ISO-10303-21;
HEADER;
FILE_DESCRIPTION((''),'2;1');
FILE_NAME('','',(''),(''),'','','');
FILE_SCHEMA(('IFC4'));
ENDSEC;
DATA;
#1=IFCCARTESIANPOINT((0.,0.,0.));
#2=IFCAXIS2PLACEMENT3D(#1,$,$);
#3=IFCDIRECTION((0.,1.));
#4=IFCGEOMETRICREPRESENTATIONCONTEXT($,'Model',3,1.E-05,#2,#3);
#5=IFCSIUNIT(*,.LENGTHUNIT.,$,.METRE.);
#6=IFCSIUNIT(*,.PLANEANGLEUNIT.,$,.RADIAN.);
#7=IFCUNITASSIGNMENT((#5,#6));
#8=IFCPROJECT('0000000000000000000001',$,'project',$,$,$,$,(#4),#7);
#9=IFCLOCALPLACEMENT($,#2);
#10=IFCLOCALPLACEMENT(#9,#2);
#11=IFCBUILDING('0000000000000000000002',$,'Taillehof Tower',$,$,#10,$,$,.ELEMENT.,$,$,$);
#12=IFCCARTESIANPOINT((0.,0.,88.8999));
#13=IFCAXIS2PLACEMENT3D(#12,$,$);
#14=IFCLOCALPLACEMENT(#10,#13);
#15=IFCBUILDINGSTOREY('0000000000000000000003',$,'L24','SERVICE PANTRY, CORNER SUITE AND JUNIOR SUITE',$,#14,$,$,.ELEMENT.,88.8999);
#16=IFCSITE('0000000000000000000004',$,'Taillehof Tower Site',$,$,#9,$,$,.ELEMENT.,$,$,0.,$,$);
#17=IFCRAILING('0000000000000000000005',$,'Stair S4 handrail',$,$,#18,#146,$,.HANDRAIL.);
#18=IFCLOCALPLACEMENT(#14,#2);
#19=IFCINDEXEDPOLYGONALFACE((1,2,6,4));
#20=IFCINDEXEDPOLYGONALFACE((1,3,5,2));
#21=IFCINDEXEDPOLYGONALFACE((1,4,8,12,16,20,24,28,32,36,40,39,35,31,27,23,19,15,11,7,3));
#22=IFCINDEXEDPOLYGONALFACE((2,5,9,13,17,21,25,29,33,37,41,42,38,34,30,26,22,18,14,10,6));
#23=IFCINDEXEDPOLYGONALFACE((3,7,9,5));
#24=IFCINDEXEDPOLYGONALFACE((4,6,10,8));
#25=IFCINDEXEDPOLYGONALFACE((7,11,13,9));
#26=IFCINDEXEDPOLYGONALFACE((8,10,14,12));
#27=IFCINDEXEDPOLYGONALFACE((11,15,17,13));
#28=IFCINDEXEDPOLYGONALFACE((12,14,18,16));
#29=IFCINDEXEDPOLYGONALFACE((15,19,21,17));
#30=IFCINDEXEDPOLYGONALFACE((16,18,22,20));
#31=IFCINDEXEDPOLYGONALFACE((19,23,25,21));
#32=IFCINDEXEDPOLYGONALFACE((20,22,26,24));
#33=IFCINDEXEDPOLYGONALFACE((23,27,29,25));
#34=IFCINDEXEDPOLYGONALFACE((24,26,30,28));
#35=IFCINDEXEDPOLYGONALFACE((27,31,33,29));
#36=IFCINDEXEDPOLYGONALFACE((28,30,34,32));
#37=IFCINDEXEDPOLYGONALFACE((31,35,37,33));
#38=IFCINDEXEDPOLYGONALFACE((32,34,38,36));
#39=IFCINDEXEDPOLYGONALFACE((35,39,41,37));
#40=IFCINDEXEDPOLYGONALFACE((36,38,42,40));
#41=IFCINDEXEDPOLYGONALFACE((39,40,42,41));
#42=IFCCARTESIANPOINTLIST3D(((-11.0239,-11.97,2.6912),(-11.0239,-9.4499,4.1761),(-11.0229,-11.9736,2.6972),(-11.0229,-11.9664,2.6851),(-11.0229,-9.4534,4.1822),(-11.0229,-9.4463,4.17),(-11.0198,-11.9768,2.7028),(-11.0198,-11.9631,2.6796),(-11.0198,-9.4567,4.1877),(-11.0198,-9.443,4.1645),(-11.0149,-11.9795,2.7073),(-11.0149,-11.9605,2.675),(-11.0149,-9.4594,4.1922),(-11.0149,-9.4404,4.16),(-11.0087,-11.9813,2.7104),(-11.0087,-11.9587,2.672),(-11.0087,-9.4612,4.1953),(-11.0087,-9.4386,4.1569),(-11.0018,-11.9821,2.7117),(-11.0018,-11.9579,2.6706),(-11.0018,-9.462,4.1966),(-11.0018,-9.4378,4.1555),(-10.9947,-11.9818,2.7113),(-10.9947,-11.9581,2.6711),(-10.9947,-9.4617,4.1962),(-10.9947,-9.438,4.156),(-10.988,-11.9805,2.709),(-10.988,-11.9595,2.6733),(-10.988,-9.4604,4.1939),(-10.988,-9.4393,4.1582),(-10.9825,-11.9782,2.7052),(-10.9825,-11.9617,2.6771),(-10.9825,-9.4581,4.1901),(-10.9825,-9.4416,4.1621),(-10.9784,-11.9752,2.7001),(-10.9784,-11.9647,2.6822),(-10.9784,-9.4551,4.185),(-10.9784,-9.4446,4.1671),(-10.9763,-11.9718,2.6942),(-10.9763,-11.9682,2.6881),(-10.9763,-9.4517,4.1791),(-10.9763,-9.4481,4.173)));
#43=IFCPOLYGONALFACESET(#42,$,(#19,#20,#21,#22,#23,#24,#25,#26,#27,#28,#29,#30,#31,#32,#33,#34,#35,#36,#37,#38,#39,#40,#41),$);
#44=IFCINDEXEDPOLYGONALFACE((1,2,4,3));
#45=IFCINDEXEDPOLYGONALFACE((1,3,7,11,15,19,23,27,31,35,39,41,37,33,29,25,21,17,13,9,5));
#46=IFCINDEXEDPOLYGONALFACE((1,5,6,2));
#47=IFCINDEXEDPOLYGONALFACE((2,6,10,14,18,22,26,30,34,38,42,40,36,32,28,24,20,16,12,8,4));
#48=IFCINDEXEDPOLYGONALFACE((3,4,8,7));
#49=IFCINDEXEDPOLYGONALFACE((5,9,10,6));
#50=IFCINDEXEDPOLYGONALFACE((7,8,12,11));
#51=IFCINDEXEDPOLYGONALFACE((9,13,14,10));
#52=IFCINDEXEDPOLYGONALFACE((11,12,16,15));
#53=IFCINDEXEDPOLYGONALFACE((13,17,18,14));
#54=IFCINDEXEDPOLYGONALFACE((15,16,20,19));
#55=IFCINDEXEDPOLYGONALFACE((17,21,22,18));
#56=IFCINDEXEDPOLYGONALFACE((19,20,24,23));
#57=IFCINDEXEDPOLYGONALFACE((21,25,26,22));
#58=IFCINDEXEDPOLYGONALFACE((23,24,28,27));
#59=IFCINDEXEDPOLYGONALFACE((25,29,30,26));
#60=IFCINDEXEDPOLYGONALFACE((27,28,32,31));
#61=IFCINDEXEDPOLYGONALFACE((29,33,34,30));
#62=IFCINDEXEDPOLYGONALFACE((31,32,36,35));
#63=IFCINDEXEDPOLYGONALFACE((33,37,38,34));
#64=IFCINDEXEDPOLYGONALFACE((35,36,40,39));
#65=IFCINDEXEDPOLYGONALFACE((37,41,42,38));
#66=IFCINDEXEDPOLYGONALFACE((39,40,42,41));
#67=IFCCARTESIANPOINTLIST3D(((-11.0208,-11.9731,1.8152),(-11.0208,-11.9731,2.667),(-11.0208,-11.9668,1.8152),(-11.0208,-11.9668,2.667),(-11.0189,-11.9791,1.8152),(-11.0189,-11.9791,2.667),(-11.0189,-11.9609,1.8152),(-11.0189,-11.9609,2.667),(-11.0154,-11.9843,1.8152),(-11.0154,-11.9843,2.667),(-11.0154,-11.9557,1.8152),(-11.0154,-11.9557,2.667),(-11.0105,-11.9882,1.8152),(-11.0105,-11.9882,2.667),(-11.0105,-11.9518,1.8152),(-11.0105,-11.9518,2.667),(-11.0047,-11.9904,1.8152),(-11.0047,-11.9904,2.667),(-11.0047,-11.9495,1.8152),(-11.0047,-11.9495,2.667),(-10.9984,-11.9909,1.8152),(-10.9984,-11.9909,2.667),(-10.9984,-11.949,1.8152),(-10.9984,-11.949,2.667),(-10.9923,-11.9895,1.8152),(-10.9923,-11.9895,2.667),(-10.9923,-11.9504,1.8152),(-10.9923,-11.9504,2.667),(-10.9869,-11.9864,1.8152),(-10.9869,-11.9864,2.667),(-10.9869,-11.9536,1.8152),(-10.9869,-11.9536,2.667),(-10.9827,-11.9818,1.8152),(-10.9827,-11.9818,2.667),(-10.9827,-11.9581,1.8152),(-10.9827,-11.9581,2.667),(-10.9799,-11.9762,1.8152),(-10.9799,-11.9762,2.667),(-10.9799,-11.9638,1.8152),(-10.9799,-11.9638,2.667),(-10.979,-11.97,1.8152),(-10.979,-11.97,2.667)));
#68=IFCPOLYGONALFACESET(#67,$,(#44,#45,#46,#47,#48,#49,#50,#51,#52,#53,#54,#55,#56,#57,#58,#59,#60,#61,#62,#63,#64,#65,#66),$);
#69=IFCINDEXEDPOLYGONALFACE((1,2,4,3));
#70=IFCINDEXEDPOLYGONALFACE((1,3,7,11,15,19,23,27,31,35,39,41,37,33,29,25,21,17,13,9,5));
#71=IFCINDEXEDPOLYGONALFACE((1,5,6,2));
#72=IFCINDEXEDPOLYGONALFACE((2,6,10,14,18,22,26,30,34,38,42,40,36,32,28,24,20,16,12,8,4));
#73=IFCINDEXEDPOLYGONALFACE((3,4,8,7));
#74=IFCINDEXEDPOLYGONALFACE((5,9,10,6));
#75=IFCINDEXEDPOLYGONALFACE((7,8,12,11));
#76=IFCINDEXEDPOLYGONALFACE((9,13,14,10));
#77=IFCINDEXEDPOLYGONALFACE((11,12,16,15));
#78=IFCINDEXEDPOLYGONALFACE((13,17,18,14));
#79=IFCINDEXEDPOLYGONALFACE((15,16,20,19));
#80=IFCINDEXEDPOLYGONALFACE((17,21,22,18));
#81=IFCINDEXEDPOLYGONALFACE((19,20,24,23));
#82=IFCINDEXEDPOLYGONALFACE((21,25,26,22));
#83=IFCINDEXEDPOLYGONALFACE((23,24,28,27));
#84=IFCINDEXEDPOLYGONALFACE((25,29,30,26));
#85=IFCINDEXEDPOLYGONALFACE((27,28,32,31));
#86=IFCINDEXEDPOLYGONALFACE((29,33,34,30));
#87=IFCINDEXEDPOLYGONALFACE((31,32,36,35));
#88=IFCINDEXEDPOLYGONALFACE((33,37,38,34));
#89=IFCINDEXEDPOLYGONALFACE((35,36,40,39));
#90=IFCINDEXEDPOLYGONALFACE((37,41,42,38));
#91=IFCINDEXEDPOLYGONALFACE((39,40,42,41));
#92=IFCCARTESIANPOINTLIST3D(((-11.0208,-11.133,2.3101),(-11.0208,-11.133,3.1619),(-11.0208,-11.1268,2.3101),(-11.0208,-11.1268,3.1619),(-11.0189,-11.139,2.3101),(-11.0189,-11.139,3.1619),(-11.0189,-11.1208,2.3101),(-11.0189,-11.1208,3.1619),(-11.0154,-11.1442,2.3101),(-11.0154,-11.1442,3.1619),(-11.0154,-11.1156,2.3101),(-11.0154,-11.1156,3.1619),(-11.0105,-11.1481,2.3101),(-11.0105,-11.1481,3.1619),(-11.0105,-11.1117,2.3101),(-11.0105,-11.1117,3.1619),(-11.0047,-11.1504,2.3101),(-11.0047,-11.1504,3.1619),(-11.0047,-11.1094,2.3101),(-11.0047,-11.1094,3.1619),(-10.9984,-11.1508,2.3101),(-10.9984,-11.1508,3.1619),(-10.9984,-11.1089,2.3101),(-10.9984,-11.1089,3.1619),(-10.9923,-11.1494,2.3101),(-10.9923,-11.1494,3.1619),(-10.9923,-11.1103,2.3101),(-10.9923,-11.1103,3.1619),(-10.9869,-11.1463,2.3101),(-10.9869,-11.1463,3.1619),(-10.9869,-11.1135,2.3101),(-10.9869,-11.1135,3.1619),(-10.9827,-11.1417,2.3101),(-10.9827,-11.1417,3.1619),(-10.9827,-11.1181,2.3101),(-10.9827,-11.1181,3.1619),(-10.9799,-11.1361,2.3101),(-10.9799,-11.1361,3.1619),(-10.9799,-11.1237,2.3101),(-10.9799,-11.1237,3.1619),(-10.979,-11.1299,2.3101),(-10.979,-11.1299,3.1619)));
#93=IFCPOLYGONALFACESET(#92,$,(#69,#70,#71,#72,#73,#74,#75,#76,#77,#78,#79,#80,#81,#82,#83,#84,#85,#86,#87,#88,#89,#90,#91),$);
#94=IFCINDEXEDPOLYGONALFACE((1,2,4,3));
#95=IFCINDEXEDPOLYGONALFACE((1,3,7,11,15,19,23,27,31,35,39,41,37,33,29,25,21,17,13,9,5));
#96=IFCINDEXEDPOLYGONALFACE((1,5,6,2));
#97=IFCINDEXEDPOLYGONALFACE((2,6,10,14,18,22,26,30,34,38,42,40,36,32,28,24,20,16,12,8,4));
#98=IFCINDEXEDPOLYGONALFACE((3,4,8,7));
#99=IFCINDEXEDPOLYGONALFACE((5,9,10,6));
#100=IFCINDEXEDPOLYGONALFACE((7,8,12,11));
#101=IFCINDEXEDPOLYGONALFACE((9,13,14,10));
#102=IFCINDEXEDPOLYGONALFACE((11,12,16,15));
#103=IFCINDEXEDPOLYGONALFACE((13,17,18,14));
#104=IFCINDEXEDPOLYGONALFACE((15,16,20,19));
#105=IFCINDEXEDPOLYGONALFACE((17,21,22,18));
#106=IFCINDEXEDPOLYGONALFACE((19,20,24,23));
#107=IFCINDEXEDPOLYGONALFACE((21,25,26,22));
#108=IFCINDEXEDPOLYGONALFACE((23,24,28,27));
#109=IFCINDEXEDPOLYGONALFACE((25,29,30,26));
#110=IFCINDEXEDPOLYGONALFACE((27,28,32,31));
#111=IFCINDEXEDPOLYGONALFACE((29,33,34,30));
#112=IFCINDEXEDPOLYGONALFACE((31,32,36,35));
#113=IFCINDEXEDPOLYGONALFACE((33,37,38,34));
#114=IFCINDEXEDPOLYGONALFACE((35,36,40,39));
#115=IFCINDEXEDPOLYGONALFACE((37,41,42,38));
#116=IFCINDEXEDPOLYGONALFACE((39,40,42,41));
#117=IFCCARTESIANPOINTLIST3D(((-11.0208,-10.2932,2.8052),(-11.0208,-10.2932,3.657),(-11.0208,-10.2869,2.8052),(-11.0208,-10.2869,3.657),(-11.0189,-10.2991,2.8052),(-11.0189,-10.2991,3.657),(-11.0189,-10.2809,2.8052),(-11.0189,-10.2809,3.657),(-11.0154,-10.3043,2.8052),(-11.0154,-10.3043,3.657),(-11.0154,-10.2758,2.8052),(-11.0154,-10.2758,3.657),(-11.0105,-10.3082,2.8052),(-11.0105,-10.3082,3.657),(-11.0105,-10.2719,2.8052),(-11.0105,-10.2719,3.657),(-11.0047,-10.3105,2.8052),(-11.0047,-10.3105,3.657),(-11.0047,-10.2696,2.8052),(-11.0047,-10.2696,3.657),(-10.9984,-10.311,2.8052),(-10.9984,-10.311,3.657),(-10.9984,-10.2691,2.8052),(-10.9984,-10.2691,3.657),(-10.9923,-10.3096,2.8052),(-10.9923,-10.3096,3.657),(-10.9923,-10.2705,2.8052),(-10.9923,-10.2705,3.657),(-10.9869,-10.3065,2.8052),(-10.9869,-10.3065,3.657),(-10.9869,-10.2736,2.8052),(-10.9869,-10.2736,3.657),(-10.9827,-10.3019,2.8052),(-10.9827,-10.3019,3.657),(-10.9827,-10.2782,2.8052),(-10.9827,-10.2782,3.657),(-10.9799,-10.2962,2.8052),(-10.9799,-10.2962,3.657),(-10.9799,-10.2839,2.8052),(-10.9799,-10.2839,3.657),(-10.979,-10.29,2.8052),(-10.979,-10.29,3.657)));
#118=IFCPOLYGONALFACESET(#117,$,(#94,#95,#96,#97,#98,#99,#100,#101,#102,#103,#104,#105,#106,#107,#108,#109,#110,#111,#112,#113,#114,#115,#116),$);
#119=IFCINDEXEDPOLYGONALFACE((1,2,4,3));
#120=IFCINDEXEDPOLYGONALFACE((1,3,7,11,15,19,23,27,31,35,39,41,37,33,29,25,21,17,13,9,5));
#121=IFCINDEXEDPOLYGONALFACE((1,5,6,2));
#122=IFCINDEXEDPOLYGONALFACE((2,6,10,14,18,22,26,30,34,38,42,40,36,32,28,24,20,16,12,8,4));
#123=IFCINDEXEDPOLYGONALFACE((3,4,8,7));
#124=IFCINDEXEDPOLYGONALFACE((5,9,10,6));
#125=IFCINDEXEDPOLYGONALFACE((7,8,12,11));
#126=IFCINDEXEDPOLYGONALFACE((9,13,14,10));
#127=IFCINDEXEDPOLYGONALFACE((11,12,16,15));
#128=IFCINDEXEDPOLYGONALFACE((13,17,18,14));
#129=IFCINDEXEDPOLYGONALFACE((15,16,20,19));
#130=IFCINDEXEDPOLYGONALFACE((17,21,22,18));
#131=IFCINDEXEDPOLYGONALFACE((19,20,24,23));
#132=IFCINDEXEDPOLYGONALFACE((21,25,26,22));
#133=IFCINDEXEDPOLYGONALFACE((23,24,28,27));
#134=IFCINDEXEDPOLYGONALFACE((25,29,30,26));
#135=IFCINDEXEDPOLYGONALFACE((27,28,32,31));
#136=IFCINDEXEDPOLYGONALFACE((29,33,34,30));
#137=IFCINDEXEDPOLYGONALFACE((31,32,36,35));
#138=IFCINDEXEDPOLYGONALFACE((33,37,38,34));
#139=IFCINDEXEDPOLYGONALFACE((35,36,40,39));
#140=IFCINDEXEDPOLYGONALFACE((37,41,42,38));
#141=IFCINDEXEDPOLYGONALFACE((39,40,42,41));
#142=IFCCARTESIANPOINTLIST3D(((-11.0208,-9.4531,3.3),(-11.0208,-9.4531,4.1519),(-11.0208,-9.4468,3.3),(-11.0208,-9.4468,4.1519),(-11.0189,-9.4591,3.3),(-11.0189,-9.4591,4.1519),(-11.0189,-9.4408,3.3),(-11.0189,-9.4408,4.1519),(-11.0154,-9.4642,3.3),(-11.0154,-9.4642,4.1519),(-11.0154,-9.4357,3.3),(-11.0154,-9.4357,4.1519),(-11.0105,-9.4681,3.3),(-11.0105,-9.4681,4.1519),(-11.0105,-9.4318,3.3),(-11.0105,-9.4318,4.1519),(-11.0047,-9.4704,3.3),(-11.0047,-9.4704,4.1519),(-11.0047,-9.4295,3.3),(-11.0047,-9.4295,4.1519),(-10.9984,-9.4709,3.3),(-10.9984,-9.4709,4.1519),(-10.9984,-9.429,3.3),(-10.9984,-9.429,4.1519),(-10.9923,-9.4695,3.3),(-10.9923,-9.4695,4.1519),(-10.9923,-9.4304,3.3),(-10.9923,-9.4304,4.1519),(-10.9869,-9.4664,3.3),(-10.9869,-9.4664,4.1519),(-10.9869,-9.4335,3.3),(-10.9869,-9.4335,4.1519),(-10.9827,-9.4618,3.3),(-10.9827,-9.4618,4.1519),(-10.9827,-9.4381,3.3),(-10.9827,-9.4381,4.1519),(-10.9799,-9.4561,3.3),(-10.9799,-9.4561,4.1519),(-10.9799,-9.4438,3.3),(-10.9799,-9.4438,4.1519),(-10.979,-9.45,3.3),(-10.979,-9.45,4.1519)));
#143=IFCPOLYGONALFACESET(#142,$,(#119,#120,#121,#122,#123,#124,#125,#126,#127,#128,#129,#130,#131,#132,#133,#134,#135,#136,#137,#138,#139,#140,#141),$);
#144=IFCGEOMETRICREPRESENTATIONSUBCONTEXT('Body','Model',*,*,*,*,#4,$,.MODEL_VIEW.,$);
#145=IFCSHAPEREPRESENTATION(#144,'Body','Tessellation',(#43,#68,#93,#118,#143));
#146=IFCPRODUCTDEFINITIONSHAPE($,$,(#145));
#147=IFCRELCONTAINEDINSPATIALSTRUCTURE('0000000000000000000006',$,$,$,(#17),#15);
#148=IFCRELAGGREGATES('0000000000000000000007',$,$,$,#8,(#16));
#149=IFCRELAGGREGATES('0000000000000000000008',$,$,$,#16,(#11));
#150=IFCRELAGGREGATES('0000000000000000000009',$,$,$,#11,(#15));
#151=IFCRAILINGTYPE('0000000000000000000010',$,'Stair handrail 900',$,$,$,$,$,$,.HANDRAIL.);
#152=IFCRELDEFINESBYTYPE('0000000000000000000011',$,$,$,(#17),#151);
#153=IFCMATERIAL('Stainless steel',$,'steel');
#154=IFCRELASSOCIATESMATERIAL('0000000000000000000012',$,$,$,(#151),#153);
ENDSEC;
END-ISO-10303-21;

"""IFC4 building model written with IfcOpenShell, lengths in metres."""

from ifc_helpers import new_model, si_unit, direction, frame, origin, origin_2d, place, context, subcontext, project, spatial, circle, extrude, material, type_object, element, save


model = new_model("IFC4")

# Units and contexts
model_context = context("Model", 3, precision=1e-05, world=origin(), true_north=direction((0.0, 1.0)))
body_context = subcontext(model_context, "Body", "Model", "MODEL_VIEW")
ifc_project = project(units=[si_unit("LENGTHUNIT", "METRE"), si_unit("PLANEANGLEUNIT", "RADIAN")], contexts=[model_context])

# Site, building, storey
site_placement = place(None, origin())
site = spatial("IfcSite", under=ifc_project, at=site_placement, Name="Taillehof Tower Site", CompositionType="ELEMENT", RefElevation=0.0)
building_placement = place(site_placement, origin())
building = spatial("IfcBuilding", under=site, at=building_placement, Name="Taillehof Tower", CompositionType="ELEMENT")
storey_placement = place(building_placement, frame((0.0, 0.0, 88.8999)))
storey = spatial("IfcBuildingStorey", under=building, at=storey_placement, Name="L24", Description="SERVICE PANTRY, CORNER SUITE AND JUNIOR SUITE", CompositionType="ELEMENT", Elevation=88.8999)

# Railing
ifc_material_1 = material(Name="Stainless steel", Category="steel")
railing_type = type_object("IfcRailingType", Name="Stair handrail 900", PredefinedType="HANDRAIL", material=ifc_material_1)
railing_placement = place(storey_placement, frame((-11.0, -11.97, 1.8152)))
element("IfcRailing", 1, at=railing_placement, inside=storey, type_object=railing_type, Name="Stair S4 handrail", PredefinedType="HANDRAIL", context=body_context, shape_type="SweptSolid", body=[
    extrude(circle(Radius=0.0239, at=origin_2d()), frame((0.0, 0.0, 0.876), z_axis=(0.0, 0.861561, 0.507655), x_axis=(-1.0, 0.0, 0.0)), (0.0, 0.0, 1.0), 2.925),
    extrude(circle(Radius=0.021, at=origin_2d()), origin(), (0.0, 0.0, 1.0), 0.8518),
    extrude(circle(Radius=0.021, at=origin_2d()), frame((0.0, 0.8401, 0.4949)), (0.0, 0.0, 1.0), 0.8518),
    extrude(circle(Radius=0.021, at=origin_2d()), frame((0.0, 1.6799, 0.99)), (0.0, 0.0, 1.0), 0.8518),
    extrude(circle(Radius=0.021, at=origin_2d()), frame((0.0, 2.52, 1.4849)), (0.0, 0.0, 1.0), 0.8518),
])

save(model, "model.ifc")
